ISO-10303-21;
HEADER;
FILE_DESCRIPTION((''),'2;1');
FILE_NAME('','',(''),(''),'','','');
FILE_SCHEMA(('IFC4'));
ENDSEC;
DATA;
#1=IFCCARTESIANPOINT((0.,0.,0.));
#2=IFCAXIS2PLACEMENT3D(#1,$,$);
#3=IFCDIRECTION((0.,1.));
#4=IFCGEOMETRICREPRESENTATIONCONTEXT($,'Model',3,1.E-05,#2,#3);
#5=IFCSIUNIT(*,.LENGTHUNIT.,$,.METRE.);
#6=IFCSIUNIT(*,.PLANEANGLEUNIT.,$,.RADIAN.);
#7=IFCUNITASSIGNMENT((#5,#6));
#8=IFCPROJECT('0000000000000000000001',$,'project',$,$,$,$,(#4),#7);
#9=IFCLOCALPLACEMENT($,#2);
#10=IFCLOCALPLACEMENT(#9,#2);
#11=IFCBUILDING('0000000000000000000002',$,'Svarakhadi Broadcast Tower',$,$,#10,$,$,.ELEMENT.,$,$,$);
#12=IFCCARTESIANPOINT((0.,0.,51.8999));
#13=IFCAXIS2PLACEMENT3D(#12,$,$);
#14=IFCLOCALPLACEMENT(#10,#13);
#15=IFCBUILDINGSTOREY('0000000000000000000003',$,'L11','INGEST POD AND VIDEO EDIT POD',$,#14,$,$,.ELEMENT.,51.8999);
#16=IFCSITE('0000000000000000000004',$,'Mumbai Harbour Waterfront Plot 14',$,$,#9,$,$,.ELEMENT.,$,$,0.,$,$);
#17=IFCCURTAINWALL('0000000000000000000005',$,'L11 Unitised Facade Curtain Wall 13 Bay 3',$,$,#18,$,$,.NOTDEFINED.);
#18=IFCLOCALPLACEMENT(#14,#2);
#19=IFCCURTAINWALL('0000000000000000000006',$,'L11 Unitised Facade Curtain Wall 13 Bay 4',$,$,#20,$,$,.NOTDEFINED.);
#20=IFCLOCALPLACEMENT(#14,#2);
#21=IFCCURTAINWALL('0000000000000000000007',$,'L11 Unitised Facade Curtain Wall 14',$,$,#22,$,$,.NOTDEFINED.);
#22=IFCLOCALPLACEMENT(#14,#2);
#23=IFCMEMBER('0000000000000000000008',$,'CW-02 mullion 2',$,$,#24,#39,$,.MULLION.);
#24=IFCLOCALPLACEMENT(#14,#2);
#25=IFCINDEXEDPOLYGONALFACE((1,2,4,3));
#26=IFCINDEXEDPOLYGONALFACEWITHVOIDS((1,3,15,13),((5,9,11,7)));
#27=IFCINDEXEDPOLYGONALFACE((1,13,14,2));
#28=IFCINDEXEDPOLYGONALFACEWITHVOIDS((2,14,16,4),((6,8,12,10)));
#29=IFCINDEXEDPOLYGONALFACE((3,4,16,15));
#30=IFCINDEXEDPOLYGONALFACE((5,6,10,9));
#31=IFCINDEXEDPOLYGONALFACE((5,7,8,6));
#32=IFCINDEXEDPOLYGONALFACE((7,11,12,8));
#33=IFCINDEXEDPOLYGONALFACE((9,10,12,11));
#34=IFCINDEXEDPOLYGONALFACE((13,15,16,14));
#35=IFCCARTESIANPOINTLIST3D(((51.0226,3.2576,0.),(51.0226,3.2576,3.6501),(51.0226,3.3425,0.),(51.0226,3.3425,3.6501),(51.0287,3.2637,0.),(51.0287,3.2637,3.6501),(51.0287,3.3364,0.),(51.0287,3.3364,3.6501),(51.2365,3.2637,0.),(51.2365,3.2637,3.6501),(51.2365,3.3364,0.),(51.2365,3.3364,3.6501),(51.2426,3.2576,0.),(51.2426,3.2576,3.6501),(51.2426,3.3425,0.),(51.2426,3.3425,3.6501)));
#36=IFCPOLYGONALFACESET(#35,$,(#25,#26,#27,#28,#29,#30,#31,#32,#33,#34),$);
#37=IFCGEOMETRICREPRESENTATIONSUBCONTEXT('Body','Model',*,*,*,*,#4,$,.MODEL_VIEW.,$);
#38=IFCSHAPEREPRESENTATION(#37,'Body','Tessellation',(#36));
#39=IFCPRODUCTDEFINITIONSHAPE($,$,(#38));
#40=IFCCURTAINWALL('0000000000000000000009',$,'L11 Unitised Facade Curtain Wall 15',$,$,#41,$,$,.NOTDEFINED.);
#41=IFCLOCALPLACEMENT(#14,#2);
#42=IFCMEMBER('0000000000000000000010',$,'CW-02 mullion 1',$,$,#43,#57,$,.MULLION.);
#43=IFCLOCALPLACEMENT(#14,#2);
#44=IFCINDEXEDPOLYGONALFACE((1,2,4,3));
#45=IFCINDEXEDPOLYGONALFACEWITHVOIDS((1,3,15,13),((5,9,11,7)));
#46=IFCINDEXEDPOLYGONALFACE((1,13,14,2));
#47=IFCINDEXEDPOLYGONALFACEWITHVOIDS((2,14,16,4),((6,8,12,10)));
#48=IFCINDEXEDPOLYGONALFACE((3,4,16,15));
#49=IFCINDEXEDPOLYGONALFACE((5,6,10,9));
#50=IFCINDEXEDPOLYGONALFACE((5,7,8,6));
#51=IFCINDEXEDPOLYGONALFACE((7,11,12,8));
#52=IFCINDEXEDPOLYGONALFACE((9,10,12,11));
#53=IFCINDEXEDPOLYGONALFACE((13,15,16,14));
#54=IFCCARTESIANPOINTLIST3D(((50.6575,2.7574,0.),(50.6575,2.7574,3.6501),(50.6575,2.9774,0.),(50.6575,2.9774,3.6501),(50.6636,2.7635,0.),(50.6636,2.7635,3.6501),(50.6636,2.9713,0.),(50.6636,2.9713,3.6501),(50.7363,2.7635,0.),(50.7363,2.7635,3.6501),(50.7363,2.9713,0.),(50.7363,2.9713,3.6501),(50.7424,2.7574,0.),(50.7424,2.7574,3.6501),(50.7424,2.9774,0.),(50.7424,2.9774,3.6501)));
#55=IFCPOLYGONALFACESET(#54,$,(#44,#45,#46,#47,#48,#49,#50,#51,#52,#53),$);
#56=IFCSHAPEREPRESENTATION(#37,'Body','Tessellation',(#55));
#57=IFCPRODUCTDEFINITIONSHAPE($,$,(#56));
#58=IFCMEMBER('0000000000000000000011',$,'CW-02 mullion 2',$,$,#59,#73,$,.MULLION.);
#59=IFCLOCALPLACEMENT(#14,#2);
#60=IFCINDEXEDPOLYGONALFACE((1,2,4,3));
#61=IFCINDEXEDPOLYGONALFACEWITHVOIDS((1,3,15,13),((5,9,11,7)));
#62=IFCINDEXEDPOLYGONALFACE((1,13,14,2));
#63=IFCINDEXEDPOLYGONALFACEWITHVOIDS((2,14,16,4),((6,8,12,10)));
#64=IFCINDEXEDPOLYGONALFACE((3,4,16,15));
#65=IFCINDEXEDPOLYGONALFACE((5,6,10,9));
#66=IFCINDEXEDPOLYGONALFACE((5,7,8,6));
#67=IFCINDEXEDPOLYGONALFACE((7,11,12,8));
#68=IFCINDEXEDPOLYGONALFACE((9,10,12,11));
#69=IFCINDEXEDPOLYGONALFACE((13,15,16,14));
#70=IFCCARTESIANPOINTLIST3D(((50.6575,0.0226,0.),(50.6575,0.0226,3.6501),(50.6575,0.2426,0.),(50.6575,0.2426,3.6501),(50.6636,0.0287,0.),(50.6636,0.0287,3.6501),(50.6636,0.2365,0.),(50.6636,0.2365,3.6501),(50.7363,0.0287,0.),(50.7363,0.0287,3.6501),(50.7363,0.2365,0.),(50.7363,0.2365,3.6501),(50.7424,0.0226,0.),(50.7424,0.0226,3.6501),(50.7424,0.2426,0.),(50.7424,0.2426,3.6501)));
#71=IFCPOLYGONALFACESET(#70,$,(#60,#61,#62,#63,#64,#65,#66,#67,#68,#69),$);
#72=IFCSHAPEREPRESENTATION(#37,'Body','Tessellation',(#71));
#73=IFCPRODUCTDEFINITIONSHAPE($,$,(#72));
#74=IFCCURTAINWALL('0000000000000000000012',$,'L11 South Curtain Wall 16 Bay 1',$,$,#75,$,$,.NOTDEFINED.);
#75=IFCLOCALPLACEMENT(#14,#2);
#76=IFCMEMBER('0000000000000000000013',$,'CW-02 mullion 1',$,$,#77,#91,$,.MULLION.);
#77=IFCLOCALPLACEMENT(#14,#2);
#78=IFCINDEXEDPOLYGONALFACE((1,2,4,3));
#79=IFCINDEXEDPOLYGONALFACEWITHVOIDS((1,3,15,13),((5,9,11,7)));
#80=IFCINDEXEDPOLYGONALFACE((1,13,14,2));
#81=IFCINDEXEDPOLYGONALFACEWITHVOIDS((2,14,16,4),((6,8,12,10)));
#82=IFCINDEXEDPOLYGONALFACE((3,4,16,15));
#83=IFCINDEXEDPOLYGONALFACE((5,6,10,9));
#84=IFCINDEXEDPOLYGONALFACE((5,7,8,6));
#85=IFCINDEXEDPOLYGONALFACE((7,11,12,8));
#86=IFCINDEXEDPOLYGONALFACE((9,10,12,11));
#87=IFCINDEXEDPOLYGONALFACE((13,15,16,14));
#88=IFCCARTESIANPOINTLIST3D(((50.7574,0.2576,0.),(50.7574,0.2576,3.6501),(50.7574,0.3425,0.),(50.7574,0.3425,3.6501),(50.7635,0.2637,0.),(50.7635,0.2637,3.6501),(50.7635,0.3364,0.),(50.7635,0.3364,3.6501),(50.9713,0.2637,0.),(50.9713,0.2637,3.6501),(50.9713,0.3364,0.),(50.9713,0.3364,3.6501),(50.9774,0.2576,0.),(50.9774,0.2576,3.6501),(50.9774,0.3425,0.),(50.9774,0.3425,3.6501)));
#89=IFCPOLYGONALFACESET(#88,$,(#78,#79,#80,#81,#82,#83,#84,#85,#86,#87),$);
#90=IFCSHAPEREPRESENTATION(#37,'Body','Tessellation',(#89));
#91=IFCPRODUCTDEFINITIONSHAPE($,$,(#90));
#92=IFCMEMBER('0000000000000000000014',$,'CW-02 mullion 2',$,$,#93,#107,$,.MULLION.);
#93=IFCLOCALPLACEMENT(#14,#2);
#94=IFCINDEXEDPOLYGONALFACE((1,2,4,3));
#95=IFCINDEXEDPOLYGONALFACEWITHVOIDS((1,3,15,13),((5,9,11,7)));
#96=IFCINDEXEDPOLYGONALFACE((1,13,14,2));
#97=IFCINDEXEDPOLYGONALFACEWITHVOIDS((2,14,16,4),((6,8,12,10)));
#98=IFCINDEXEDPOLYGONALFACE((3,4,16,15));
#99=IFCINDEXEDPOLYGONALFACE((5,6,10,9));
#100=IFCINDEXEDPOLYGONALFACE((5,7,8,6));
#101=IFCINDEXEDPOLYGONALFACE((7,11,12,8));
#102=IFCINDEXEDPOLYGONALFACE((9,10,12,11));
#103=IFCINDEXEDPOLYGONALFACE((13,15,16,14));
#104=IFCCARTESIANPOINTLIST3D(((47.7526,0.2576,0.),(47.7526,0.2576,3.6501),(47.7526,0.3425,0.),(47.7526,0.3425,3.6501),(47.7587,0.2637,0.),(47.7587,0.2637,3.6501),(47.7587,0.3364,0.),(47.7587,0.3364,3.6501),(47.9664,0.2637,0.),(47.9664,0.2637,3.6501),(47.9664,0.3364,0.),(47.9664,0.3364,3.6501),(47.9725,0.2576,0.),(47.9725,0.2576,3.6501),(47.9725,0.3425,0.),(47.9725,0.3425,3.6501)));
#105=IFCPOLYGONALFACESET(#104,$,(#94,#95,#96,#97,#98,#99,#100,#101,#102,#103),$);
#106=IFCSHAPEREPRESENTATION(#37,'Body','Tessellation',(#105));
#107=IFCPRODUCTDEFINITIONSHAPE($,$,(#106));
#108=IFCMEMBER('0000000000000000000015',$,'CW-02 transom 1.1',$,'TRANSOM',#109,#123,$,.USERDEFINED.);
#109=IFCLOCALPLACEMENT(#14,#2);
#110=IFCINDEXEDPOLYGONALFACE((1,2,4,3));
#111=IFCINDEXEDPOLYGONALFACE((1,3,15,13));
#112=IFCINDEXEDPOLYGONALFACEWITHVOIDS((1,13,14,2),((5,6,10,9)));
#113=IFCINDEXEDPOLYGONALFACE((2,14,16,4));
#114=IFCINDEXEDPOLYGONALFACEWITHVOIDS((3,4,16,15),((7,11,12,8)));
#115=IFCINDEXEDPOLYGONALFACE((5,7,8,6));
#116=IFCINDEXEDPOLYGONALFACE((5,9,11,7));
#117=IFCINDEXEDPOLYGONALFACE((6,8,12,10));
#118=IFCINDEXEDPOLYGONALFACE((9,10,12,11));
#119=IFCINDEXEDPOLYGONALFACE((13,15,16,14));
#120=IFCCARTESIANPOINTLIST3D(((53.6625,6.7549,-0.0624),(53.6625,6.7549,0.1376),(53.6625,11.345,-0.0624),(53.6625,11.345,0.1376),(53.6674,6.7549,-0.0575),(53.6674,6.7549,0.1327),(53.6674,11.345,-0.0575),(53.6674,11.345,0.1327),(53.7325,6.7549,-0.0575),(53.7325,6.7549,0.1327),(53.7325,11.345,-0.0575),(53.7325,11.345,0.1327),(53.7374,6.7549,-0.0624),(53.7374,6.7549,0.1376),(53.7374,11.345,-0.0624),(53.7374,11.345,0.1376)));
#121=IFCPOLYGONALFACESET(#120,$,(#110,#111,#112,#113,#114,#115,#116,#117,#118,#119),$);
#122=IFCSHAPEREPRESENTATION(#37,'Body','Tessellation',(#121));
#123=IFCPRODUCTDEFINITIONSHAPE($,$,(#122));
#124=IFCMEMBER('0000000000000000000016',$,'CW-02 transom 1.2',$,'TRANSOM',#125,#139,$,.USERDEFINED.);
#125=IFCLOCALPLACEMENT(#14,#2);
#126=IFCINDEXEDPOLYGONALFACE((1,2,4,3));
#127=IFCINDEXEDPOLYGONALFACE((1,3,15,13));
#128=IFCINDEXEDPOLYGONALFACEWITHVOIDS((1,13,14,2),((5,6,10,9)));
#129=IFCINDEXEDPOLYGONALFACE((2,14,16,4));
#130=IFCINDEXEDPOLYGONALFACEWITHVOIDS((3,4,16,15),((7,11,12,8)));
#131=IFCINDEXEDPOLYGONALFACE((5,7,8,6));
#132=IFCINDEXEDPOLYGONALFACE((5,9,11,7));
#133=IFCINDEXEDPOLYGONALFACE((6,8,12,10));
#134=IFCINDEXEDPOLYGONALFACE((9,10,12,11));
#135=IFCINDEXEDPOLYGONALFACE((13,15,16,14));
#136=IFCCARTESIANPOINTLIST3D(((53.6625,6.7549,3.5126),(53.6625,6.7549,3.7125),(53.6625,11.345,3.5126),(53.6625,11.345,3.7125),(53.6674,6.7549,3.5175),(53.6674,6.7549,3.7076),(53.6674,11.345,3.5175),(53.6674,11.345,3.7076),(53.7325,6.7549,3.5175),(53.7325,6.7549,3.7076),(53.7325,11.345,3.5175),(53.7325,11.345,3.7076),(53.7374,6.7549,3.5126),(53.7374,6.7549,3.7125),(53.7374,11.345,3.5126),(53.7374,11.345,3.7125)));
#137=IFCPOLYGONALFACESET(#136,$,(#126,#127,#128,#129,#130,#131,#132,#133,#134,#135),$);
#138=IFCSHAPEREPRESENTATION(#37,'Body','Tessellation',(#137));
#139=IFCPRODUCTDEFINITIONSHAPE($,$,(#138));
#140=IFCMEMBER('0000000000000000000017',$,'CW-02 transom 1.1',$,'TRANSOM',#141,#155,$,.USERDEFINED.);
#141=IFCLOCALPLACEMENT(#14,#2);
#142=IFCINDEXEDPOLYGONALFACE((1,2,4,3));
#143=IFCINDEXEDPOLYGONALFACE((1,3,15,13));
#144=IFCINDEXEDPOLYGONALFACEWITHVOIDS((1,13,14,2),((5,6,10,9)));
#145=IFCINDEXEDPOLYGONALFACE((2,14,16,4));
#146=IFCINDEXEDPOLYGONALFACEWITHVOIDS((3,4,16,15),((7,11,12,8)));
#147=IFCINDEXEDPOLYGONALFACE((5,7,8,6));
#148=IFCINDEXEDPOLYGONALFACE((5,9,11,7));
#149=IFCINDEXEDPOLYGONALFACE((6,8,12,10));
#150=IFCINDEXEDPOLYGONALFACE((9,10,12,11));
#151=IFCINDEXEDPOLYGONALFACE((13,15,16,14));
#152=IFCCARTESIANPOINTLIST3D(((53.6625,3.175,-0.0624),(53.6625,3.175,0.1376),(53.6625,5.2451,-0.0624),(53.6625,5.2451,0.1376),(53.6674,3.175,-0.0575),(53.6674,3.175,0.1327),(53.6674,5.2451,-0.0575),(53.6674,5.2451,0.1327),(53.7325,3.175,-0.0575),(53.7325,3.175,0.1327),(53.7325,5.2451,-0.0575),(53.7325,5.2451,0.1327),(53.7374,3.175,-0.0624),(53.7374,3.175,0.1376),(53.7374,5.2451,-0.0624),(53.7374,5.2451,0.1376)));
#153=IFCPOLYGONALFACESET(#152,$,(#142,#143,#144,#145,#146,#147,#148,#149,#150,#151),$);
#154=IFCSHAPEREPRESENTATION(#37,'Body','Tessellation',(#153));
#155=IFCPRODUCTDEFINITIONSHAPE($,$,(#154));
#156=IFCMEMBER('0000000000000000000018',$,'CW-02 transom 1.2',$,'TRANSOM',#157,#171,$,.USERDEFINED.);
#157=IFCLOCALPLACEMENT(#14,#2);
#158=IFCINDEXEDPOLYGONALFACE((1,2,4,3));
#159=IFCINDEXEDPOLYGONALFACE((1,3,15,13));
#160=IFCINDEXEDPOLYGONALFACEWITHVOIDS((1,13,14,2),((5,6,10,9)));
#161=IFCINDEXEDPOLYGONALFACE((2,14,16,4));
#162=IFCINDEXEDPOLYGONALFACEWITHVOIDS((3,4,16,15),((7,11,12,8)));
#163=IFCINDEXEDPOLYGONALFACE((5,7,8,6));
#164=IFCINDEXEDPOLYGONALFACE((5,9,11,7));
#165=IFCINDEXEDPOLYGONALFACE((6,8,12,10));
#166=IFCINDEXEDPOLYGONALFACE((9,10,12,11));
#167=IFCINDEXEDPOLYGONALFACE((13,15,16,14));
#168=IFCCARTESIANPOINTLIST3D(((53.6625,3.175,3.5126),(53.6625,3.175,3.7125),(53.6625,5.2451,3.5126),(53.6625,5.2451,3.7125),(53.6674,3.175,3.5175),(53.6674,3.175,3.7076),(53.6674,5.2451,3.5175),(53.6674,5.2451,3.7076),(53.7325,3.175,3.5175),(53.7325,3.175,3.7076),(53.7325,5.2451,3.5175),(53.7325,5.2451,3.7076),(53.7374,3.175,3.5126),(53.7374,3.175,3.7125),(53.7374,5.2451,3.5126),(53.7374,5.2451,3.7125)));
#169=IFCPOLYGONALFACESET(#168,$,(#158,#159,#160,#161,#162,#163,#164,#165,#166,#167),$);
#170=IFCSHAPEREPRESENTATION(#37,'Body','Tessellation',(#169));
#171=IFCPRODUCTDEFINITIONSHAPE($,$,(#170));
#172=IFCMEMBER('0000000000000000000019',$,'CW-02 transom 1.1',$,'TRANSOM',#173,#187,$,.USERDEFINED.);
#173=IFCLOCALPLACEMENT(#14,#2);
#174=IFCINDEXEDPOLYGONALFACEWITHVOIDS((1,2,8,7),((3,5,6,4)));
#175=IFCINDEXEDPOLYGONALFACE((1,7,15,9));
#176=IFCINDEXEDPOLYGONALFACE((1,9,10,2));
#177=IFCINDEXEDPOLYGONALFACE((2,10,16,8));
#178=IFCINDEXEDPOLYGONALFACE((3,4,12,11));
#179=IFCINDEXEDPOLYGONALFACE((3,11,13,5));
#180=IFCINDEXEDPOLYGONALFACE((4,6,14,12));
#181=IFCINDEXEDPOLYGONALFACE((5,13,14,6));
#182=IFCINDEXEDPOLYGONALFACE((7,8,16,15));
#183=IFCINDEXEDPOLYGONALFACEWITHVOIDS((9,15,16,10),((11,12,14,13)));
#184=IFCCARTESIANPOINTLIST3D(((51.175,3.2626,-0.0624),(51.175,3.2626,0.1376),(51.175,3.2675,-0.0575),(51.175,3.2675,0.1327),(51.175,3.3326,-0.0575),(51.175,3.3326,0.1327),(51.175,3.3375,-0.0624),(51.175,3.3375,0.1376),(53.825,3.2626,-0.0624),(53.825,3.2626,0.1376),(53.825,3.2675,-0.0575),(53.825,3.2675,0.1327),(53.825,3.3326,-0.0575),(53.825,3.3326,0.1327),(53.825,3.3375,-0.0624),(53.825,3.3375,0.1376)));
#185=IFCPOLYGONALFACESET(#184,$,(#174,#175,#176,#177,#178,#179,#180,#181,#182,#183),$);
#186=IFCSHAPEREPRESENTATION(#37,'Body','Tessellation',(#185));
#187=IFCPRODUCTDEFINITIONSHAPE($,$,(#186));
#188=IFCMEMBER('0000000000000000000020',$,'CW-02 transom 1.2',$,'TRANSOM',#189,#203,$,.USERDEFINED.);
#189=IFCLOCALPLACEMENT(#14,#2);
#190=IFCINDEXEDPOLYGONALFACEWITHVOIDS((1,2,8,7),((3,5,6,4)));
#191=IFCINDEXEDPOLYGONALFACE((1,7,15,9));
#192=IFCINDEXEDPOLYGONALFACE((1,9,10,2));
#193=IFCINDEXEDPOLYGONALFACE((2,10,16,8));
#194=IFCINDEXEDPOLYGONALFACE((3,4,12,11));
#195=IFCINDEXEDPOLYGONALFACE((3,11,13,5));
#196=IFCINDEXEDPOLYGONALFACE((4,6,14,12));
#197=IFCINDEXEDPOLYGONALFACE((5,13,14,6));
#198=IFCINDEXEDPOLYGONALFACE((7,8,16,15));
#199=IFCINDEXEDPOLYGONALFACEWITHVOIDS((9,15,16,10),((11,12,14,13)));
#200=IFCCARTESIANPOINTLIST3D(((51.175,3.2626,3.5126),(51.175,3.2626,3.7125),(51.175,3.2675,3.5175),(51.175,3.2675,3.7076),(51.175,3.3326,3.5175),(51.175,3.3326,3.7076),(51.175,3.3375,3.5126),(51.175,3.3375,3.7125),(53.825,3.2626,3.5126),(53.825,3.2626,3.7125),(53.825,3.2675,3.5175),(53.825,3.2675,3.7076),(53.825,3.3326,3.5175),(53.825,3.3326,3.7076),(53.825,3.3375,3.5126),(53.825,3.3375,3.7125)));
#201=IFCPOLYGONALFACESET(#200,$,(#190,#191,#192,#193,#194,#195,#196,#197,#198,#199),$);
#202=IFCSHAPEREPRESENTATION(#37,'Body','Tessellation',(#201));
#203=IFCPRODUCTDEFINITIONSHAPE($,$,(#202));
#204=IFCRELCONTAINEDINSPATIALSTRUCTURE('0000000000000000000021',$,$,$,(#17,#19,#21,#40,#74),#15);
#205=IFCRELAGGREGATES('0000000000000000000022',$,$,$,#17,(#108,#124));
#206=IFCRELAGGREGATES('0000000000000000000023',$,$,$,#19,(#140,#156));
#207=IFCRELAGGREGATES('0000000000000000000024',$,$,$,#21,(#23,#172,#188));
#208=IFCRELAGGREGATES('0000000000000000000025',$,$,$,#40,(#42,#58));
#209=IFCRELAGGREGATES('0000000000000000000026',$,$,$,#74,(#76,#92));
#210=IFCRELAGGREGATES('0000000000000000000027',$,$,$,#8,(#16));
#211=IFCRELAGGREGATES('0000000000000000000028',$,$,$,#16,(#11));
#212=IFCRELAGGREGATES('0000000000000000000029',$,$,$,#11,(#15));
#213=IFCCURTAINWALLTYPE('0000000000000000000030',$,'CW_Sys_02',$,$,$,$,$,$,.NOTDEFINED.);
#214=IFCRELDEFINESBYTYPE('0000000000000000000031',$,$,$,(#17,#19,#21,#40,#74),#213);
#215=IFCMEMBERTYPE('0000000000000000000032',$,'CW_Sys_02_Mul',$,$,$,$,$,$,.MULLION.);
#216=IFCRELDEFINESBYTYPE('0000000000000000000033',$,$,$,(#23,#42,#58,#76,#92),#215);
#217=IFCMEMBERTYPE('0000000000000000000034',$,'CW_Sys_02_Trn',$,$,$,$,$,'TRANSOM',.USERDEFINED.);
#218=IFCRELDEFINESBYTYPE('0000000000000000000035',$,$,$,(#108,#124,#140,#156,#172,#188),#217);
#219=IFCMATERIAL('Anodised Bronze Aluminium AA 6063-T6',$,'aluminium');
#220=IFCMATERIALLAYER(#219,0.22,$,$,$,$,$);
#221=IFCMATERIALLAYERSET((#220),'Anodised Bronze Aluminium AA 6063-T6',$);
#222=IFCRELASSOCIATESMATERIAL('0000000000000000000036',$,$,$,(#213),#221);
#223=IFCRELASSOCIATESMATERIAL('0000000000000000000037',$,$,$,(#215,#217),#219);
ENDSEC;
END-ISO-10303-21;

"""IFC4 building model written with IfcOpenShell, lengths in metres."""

from ifc_helpers import new_model, si_unit, direction, frame, origin, origin_2d, place, context, subcontext, project, spatial, hollow_rectangle, extrude, material, layer, layer_set, material_profile, profile_set, type_object, element, aggregate, save


model = new_model("IFC4")

# Units and contexts
model_context = context("Model", 3, precision=1e-05, world=origin(), true_north=direction((0.0, 1.0)))
body_context = subcontext(model_context, "Body", "Model", "MODEL_VIEW")
ifc_project = project(units=[si_unit("LENGTHUNIT", "METRE"), si_unit("PLANEANGLEUNIT", "RADIAN")], contexts=[model_context])

# Site, building, storey
site_placement = place(None, origin())
site = spatial("IfcSite", under=ifc_project, at=site_placement, Name="Mumbai Harbour Waterfront Plot 14", CompositionType="ELEMENT", RefElevation=0.0)
building_placement = place(site_placement, origin())
building = spatial("IfcBuilding", under=site, at=building_placement, Name="Svarakhadi Broadcast Tower", CompositionType="ELEMENT")
storey_placement = place(building_placement, frame((0.0, 0.0, 51.8999)))
storey = spatial("IfcBuildingStorey", under=building, at=storey_placement, Name="L11", Description="INGEST POD AND VIDEO EDIT POD", CompositionType="ELEMENT", Elevation=51.8999)

# Curtain walls, members
ifc_material_1 = material(Name="Anodised Bronze Aluminium AA 6063-T6", Category="aluminium")
ifc_layer_1 = layer(ifc_material_1, 0.22)
ifc_layer_set_1 = layer_set([ifc_layer_1], Name="Anodised Bronze Aluminium AA 6063-T6")
curtain_wall_type = type_object("IfcCurtainWallType", Name="CW_Sys_02", PredefinedType="NOTDEFINED", material=ifc_layer_set_1)
curtain_wall_1_placement = place(storey_placement, origin())
curtain_wall_1 = element("IfcCurtainWall", 1, at=curtain_wall_1_placement, inside=storey, type_object=curtain_wall_type, Name="L11 Unitised Facade Curtain Wall 13 Bay 3", PredefinedType="NOTDEFINED")
ifc_material_profile_1 = material_profile(ifc_material_1, hollow_rectangle(XDim=0.085, YDim=0.22, WallThickness=0.0061, at=origin_2d()), Name="ALU MULLION 220x85x6")
ifc_profile_set_1 = profile_set([ifc_material_profile_1], Name="Anodised Bronze Aluminium AA 6063-T6")
member_type_1 = type_object("IfcMemberType", Name="CW_Sys_02_Mul", PredefinedType="MULLION", material=ifc_profile_set_1)
curtain_wall_2_placement = place(storey_placement, origin())
curtain_wall_2 = element("IfcCurtainWall", 2, at=curtain_wall_2_placement, inside=storey, type_object=curtain_wall_type, Name="L11 Unitised Facade Curtain Wall 13 Bay 4", PredefinedType="NOTDEFINED")
curtain_wall_3_placement = place(storey_placement, origin())
curtain_wall_3 = element("IfcCurtainWall", 3, at=curtain_wall_3_placement, inside=storey, type_object=curtain_wall_type, Name="L11 Unitised Facade Curtain Wall 14", PredefinedType="NOTDEFINED")
member_1_placement = place(storey_placement, frame((51.1326, 3.3, 0.0), z_axis=(0.0, 0.0, 1.0), x_axis=(0.0, -1.0, 0.0)))
member_1 = element("IfcMember", 4, at=member_1_placement, type_object=member_type_1, Name="CW-02 mullion 2", PredefinedType="MULLION", context=body_context, shape_type="SweptSolid", body=[
    extrude(hollow_rectangle(XDim=0.085, YDim=0.22, WallThickness=0.0061, at=origin_2d()), origin(), (0.0, 0.0, 1.0), 3.6501),
])
curtain_wall_4_placement = place(storey_placement, origin())
curtain_wall_4 = element("IfcCurtainWall", 5, at=curtain_wall_4_placement, inside=storey, type_object=curtain_wall_type, Name="L11 Unitised Facade Curtain Wall 15", PredefinedType="NOTDEFINED")
member_2_placement = place(storey_placement, frame((50.7, 2.8674, 0.0), z_axis=(0.0, 0.0, 1.0), x_axis=(1.0, 0.0, 0.0)))
member_2 = element("IfcMember", 6, at=member_2_placement, type_object=member_type_1, Name="CW-02 mullion 1", PredefinedType="MULLION", context=body_context, shape_type="SweptSolid", body=[
    extrude(hollow_rectangle(XDim=0.085, YDim=0.22, WallThickness=0.0061, at=origin_2d()), origin(), (0.0, 0.0, 1.0), 3.6501),
])
member_3_placement = place(storey_placement, frame((50.7, 0.1326, 0.0), z_axis=(0.0, 0.0, 1.0), x_axis=(1.0, 0.0, 0.0)))
member_3 = element("IfcMember", 7, at=member_3_placement, type_object=member_type_1, Name="CW-02 mullion 2", PredefinedType="MULLION", context=body_context, shape_type="SweptSolid", body=[
    extrude(hollow_rectangle(XDim=0.085, YDim=0.22, WallThickness=0.0061, at=origin_2d()), origin(), (0.0, 0.0, 1.0), 3.6501),
])
curtain_wall_5_placement = place(storey_placement, origin())
curtain_wall_5 = element("IfcCurtainWall", 8, at=curtain_wall_5_placement, inside=storey, type_object=curtain_wall_type, Name="L11 South Curtain Wall 16 Bay 1", PredefinedType="NOTDEFINED")
member_4_placement = place(storey_placement, frame((50.8674, 0.3, 0.0), z_axis=(0.0, 0.0, 1.0), x_axis=(0.0, -1.0, 0.0)))
member_4 = element("IfcMember", 9, at=member_4_placement, type_object=member_type_1, Name="CW-02 mullion 1", PredefinedType="MULLION", context=body_context, shape_type="SweptSolid", body=[
    extrude(hollow_rectangle(XDim=0.085, YDim=0.22, WallThickness=0.0061, at=origin_2d()), origin(), (0.0, 0.0, 1.0), 3.6501),
])
member_5_placement = place(storey_placement, frame((47.8625, 0.3, 0.0), z_axis=(0.0, 0.0, 1.0), x_axis=(0.0, -1.0, 0.0)))
member_5 = element("IfcMember", 10, at=member_5_placement, type_object=member_type_1, Name="CW-02 mullion 2", PredefinedType="MULLION", context=body_context, shape_type="SweptSolid", body=[
    extrude(hollow_rectangle(XDim=0.085, YDim=0.22, WallThickness=0.0061, at=origin_2d()), origin(), (0.0, 0.0, 1.0), 3.6501),
])

# Members
ifc_material_profile_2 = material_profile(ifc_material_1, hollow_rectangle(XDim=0.075, YDim=0.2, WallThickness=0.0049, at=origin_2d()), Name="ALU TRANSOM 200x75x5")
ifc_profile_set_2 = profile_set([ifc_material_profile_2], Name="Anodised Bronze Aluminium AA 6063-T6")
member_type_2 = type_object("IfcMemberType", Name="CW_Sys_02_Trn", ElementType="TRANSOM", PredefinedType="USERDEFINED", material=ifc_profile_set_2)
member_6_placement = place(storey_placement, frame((53.7, 11.345, 0.0376), z_axis=(0.0, -1.0, 0.0), x_axis=(1.0, 0.0, 0.0)))
member_6 = element("IfcMember", 11, at=member_6_placement, type_object=member_type_2, Name="CW-02 transom 1.1", ObjectType="TRANSOM", PredefinedType="USERDEFINED", context=body_context, shape_type="SweptSolid", body=[
    extrude(hollow_rectangle(XDim=0.075, YDim=0.2, WallThickness=0.0049, at=origin_2d()), origin(), (0.0, 0.0, 1.0), 4.5901),
])
member_7_placement = place(storey_placement, frame((53.7, 11.345, 3.6125), z_axis=(0.0, -1.0, 0.0), x_axis=(1.0, 0.0, 0.0)))
member_7 = element("IfcMember", 12, at=member_7_placement, type_object=member_type_2, Name="CW-02 transom 1.2", ObjectType="TRANSOM", PredefinedType="USERDEFINED", context=body_context, shape_type="SweptSolid", body=[
    extrude(hollow_rectangle(XDim=0.075, YDim=0.2, WallThickness=0.0049, at=origin_2d()), origin(), (0.0, 0.0, 1.0), 4.5901),
])
member_8_placement = place(storey_placement, frame((53.7, 5.2451, 0.0376), z_axis=(0.0, -1.0, 0.0), x_axis=(1.0, 0.0, 0.0)))
member_8 = element("IfcMember", 13, at=member_8_placement, type_object=member_type_2, Name="CW-02 transom 1.1", ObjectType="TRANSOM", PredefinedType="USERDEFINED", context=body_context, shape_type="SweptSolid", body=[
    extrude(hollow_rectangle(XDim=0.075, YDim=0.2, WallThickness=0.0049, at=origin_2d()), origin(), (0.0, 0.0, 1.0), 2.0701),
])
member_9_placement = place(storey_placement, frame((53.7, 5.2451, 3.6125), z_axis=(0.0, -1.0, 0.0), x_axis=(1.0, 0.0, 0.0)))
member_9 = element("IfcMember", 14, at=member_9_placement, type_object=member_type_2, Name="CW-02 transom 1.2", ObjectType="TRANSOM", PredefinedType="USERDEFINED", context=body_context, shape_type="SweptSolid", body=[
    extrude(hollow_rectangle(XDim=0.075, YDim=0.2, WallThickness=0.0049, at=origin_2d()), origin(), (0.0, 0.0, 1.0), 2.0701),
])
member_10_placement = place(storey_placement, frame((53.825, 3.3, 0.0376), z_axis=(-1.0, 0.0, 0.0), x_axis=(0.0, -1.0, 0.0)))
member_10 = element("IfcMember", 15, at=member_10_placement, type_object=member_type_2, Name="CW-02 transom 1.1", ObjectType="TRANSOM", PredefinedType="USERDEFINED", context=body_context, shape_type="SweptSolid", body=[
    extrude(hollow_rectangle(XDim=0.075, YDim=0.2, WallThickness=0.0049, at=origin_2d()), origin(), (0.0, 0.0, 1.0), 2.6499),
])
member_11_placement = place(storey_placement, frame((53.825, 3.3, 3.6125), z_axis=(-1.0, 0.0, 0.0), x_axis=(0.0, -1.0, 0.0)))
member_11 = element("IfcMember", 16, at=member_11_placement, type_object=member_type_2, Name="CW-02 transom 1.2", ObjectType="TRANSOM", PredefinedType="USERDEFINED", context=body_context, shape_type="SweptSolid", body=[
    extrude(hollow_rectangle(XDim=0.075, YDim=0.2, WallThickness=0.0049, at=origin_2d()), origin(), (0.0, 0.0, 1.0), 2.6499),
])

aggregate(curtain_wall_1, [member_6, member_7])
aggregate(curtain_wall_2, [member_8, member_9])
aggregate(curtain_wall_3, [member_1, member_10, member_11])
aggregate(curtain_wall_4, [member_2, member_3])
aggregate(curtain_wall_5, [member_4, member_5])

save(model, "model.ifc")
